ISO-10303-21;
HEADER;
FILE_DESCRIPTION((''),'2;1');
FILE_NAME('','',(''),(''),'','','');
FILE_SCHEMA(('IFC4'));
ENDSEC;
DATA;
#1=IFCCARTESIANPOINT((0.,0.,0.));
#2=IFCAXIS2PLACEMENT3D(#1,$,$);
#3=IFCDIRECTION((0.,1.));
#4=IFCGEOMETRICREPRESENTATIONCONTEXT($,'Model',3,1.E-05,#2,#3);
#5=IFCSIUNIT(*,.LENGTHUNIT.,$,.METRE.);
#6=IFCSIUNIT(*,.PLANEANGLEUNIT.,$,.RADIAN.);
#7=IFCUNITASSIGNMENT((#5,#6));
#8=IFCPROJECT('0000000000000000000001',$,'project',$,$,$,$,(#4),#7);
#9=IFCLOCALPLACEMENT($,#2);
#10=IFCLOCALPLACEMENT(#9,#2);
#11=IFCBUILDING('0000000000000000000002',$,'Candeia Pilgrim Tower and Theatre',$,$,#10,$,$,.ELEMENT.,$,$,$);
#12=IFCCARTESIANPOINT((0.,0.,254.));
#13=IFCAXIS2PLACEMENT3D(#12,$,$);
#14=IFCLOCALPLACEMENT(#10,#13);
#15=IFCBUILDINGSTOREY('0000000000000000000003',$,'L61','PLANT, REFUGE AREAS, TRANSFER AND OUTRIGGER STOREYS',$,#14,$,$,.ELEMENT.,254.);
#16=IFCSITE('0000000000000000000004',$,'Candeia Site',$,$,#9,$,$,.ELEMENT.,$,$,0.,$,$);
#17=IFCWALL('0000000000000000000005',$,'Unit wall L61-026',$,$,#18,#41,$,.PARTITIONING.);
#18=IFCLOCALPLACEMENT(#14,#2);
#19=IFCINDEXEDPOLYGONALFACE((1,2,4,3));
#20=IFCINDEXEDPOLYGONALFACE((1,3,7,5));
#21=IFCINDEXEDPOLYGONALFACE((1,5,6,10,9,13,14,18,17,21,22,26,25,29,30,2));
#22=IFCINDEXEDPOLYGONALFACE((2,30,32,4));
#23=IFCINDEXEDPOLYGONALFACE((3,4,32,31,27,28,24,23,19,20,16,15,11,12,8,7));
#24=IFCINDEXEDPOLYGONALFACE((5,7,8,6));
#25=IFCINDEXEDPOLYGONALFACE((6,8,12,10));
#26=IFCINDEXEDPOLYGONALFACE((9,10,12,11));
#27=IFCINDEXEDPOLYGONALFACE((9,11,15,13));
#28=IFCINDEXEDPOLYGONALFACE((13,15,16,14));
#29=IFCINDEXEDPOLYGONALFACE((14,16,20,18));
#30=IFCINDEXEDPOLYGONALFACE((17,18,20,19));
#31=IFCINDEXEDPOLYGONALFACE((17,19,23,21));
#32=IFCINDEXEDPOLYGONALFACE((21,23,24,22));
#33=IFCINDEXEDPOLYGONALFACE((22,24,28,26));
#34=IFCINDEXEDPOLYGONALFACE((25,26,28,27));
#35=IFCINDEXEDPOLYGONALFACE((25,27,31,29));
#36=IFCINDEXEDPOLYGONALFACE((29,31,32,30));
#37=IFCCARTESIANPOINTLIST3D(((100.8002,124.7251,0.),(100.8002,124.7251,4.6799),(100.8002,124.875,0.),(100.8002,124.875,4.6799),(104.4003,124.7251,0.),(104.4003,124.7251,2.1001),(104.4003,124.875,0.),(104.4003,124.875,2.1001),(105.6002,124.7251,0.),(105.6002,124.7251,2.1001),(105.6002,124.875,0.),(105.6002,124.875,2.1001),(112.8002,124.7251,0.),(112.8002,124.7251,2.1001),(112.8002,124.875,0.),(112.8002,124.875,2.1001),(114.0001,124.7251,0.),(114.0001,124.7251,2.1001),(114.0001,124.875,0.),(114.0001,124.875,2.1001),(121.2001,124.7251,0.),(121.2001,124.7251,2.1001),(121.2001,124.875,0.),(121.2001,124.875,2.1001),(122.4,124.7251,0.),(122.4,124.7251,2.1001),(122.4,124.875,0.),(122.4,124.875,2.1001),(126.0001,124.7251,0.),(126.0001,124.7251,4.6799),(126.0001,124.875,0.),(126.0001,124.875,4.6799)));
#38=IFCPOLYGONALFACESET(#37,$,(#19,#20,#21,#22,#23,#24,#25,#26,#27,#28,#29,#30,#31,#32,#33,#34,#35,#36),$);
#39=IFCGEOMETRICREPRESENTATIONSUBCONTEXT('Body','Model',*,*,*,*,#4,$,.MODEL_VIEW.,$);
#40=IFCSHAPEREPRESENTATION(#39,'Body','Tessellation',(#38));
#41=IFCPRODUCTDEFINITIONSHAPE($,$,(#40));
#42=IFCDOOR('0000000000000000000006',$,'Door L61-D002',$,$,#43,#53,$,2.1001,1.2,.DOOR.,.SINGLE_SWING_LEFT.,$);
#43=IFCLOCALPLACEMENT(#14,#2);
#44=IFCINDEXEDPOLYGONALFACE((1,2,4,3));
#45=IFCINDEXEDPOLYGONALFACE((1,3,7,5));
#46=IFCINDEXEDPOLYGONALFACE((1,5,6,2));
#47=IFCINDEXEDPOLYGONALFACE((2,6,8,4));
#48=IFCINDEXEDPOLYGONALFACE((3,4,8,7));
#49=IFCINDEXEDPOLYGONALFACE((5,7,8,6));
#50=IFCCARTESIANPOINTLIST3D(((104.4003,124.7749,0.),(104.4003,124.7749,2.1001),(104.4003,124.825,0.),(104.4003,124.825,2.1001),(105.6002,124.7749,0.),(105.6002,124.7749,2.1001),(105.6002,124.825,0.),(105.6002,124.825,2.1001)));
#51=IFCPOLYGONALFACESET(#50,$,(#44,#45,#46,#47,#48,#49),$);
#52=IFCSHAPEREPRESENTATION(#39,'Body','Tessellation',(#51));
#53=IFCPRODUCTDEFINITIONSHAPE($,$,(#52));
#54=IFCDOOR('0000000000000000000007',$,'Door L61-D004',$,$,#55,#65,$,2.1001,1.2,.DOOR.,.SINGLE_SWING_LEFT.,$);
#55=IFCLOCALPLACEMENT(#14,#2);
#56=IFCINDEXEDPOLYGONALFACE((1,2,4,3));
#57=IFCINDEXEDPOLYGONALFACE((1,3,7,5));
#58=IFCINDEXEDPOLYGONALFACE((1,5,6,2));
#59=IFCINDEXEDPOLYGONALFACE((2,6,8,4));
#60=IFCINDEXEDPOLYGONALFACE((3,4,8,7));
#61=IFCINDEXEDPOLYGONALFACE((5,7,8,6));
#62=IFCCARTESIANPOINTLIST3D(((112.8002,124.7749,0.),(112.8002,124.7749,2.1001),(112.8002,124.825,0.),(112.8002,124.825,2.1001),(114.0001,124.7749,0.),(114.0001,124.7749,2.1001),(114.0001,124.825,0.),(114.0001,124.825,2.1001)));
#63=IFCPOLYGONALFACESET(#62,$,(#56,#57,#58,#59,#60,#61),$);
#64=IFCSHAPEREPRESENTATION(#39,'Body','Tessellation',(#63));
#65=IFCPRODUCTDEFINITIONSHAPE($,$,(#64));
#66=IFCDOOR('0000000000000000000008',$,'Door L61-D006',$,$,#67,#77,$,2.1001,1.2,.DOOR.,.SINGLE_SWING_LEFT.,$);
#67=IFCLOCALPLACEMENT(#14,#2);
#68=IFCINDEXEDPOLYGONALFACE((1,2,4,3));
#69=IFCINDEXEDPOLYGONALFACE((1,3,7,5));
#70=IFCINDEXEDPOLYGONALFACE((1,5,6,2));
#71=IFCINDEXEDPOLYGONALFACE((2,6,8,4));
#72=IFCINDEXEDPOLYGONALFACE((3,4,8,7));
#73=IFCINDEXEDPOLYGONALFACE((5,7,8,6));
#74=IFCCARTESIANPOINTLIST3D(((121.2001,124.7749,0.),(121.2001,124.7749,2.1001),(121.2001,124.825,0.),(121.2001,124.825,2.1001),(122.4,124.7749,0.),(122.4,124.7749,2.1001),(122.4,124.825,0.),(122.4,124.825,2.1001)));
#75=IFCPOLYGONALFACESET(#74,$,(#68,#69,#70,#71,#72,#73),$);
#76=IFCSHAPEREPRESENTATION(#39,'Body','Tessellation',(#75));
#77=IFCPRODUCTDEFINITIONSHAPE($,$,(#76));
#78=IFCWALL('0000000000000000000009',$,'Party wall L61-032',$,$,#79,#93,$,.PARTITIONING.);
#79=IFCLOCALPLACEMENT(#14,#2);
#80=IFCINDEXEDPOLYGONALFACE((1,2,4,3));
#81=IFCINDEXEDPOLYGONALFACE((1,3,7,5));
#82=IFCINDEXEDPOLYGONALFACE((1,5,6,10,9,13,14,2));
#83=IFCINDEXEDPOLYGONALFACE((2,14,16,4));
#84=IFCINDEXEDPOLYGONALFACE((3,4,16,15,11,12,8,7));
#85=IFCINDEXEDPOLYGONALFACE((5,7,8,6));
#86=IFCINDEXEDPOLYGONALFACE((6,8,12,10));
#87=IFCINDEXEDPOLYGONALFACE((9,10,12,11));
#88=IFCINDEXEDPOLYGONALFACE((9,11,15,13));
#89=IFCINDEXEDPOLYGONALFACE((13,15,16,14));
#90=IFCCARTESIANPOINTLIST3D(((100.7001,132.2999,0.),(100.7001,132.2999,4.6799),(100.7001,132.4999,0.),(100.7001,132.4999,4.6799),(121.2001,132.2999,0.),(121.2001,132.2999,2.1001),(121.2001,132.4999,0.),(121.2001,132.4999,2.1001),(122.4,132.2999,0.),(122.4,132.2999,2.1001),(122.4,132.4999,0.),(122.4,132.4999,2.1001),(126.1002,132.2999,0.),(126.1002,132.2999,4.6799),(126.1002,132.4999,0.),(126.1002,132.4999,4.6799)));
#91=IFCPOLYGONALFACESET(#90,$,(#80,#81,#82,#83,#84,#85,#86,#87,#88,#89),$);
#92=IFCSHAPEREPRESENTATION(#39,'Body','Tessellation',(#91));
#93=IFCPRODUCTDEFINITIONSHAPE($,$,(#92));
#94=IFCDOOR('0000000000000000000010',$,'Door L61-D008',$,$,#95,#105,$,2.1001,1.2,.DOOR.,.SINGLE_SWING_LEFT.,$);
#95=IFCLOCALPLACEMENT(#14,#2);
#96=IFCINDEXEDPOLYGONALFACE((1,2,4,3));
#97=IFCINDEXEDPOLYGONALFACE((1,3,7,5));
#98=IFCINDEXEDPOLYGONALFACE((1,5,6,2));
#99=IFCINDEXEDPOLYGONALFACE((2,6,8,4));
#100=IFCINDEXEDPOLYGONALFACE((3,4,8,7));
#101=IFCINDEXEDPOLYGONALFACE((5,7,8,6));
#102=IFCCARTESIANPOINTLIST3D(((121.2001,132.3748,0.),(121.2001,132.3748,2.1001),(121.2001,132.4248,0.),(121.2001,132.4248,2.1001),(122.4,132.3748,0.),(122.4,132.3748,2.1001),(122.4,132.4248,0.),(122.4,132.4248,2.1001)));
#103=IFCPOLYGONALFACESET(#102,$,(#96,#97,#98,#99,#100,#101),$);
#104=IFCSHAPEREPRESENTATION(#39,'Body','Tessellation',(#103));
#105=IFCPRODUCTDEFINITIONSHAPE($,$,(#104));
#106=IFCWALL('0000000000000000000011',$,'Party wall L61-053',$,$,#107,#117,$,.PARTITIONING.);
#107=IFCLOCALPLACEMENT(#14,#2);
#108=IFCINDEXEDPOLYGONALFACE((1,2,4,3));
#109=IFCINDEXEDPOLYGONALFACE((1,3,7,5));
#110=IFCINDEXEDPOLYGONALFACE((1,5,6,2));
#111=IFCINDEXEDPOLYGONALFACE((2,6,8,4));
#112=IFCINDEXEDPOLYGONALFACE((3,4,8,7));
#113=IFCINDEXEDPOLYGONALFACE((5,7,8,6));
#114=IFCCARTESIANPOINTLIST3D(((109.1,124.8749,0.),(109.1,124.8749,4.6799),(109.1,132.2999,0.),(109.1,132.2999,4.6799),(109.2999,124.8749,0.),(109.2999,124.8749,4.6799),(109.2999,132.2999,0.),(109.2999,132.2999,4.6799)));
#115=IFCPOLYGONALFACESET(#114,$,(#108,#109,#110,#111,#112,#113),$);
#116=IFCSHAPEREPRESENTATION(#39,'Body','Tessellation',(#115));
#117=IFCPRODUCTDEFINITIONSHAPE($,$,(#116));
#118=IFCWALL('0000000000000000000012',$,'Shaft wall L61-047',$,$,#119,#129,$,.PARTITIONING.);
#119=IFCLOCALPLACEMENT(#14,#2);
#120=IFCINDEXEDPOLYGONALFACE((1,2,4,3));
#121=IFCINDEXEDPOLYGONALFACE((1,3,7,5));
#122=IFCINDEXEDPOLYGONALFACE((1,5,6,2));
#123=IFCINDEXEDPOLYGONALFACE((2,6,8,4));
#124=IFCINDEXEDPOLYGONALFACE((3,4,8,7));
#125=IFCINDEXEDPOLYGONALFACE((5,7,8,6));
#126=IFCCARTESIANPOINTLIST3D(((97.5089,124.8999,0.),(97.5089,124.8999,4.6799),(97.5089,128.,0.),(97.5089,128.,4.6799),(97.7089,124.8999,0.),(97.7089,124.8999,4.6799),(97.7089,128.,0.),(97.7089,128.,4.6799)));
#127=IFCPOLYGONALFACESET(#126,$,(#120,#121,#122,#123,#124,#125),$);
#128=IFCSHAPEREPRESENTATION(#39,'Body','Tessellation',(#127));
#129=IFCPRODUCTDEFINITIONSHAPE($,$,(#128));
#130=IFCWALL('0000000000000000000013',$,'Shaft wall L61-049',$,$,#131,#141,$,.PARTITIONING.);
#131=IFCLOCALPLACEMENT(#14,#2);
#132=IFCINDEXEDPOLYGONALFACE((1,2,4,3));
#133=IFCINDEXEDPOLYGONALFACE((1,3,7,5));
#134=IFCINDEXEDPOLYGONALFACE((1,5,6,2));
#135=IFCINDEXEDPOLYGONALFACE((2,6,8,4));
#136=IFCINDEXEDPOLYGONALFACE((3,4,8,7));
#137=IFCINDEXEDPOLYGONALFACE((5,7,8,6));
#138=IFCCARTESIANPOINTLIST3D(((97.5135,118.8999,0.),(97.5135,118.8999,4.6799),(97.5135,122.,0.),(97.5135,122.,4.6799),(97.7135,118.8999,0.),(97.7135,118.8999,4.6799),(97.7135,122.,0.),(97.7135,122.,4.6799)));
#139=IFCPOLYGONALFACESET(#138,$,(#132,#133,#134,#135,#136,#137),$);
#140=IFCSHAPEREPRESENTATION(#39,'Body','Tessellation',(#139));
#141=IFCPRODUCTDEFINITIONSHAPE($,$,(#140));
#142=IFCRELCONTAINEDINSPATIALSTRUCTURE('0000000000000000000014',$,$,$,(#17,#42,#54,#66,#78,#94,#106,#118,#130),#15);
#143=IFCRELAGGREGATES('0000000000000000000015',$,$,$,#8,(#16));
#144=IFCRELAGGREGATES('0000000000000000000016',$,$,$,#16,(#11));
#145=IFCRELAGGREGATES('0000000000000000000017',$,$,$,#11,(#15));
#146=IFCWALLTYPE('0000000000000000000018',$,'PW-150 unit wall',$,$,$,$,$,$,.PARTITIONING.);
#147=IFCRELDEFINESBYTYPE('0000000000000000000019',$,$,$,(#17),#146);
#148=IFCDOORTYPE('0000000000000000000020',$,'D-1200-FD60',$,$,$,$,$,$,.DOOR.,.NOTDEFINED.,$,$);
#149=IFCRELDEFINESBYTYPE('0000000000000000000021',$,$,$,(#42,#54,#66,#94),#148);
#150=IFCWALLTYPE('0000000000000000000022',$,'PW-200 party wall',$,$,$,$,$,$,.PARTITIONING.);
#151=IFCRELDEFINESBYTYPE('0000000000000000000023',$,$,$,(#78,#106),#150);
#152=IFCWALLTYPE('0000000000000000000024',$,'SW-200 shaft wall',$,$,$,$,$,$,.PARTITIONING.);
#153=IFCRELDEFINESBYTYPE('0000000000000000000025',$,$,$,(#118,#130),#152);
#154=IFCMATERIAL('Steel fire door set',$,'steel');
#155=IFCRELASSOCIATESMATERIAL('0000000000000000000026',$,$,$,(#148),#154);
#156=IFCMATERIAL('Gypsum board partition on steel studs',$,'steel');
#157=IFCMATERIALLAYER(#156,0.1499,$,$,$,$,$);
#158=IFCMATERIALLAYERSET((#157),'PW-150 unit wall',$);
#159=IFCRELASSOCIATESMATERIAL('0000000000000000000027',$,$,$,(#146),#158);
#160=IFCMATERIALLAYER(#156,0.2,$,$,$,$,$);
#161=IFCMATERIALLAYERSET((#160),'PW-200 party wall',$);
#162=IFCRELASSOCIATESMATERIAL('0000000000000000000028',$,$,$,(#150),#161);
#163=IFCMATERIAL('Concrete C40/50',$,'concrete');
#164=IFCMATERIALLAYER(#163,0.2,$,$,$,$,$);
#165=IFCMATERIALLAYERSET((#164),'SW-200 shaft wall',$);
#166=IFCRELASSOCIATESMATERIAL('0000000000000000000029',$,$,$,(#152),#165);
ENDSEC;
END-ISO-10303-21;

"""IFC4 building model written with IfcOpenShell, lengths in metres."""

from ifc_helpers import new_model, si_unit, direction, frame, frame_2d, origin, place, context, subcontext, project, spatial, rectangle, extrude, material, layer, layer_set, type_object, element, fill, save


model = new_model("IFC4")

# Units and contexts
model_context = context("Model", 3, precision=1e-05, world=origin(), true_north=direction((0.0, 1.0)))
body_context = subcontext(model_context, "Body", "Model", "MODEL_VIEW")
ifc_project = project(units=[si_unit("LENGTHUNIT", "METRE"), si_unit("PLANEANGLEUNIT", "RADIAN")], contexts=[model_context])

# Site, building, storey
site_placement = place(None, origin())
site = spatial("IfcSite", under=ifc_project, at=site_placement, Name="Candeia Site", CompositionType="ELEMENT", RefElevation=0.0)
building_placement = place(site_placement, origin())
building = spatial("IfcBuilding", under=site, at=building_placement, Name="Candeia Pilgrim Tower and Theatre", CompositionType="ELEMENT")
storey_placement = place(building_placement, frame((0.0, 0.0, 254.0)))
storey = spatial("IfcBuildingStorey", under=building, at=storey_placement, Name="L61", Description="PLANT, REFUGE AREAS, TRANSFER AND OUTRIGGER STOREYS", CompositionType="ELEMENT", Elevation=254.0)

# Wall, openings, doors
ifc_material_1 = material(Name="Steel fire door set", Category="steel")
door_type_1 = type_object("IfcDoorType", Name="D-1200-FD60", OperationType="NOTDEFINED", PredefinedType="DOOR", material=ifc_material_1)
ifc_material_2 = material(Name="Gypsum board partition on steel studs", Category="steel")
ifc_layer_1 = layer(ifc_material_2, 0.1499)
ifc_layer_set_1 = layer_set([ifc_layer_1], Name="PW-150 unit wall")
wall_type_1 = type_object("IfcWallType", Name="PW-150 unit wall", PredefinedType="PARTITIONING", material=ifc_layer_set_1)
wall_1_placement = place(storey_placement, frame((100.8, 124.8, 0.0), z_axis=(0.0, 0.0, 1.0), x_axis=(1.0, 0.0, 0.0)))
wall_1 = element("IfcWall", 1, at=wall_1_placement, inside=storey, type_object=wall_type_1, Name="Unit wall L61-026", PredefinedType="PARTITIONING", context=body_context, shape_type="SweptSolid", body=[
    extrude(rectangle(XDim=25.2, YDim=0.1499, at=frame_2d((12.6001, 0.0))), origin(), (0.0, 0.0, 1.0), 4.6799),
])
opening_1_placement = place(wall_1_placement, frame((3.6001, 0.0, 0.0)))
opening_1 = element("IfcOpeningElement", 2, at=opening_1_placement, cuts=wall_1, PredefinedType="OPENING", context=body_context, shape_type="SweptSolid", body=[
    extrude(rectangle(XDim=1.2, YDim=2.1001, at=frame_2d((0.6001, 1.05))), frame((0.0, 0.085, 0.0), z_axis=(0.0, -1.0, 0.0), x_axis=(1.0, 0.0, 0.0)), (0.0, 0.0, 1.0), 0.1699),
])
opening_2_placement = place(wall_1_placement, frame((12.0, 0.0, 0.0)))
opening_2 = element("IfcOpeningElement", 3, at=opening_2_placement, cuts=wall_1, PredefinedType="OPENING", context=body_context, shape_type="SweptSolid", body=[
    extrude(rectangle(XDim=1.2, YDim=2.1001, at=frame_2d((0.6001, 1.05))), frame((0.0, 0.085, 0.0), z_axis=(0.0, -1.0, 0.0), x_axis=(1.0, 0.0, 0.0)), (0.0, 0.0, 1.0), 0.1699),
])
opening_3_placement = place(wall_1_placement, frame((20.3999, 0.0, 0.0)))
opening_3 = element("IfcOpeningElement", 4, at=opening_3_placement, cuts=wall_1, PredefinedType="OPENING", context=body_context, shape_type="SweptSolid", body=[
    extrude(rectangle(XDim=1.2, YDim=2.1001, at=frame_2d((0.6001, 1.05))), frame((0.0, 0.085, 0.0), z_axis=(0.0, -1.0, 0.0), x_axis=(1.0, 0.0, 0.0)), (0.0, 0.0, 1.0), 0.1699),
])
door_1_placement = place(opening_1_placement, origin())
door_1 = element("IfcDoor", 5, at=door_1_placement, inside=storey, type_object=door_type_1, Name="Door L61-D002", OperationType="SINGLE_SWING_LEFT", OverallHeight=2.1001, OverallWidth=1.2, PredefinedType="DOOR", context=body_context, shape_type="SweptSolid", body=[
    extrude(rectangle(XDim=1.2, YDim=2.1001, at=frame_2d((0.6001, 1.05))), frame((0.0, 0.0249, 0.0), z_axis=(0.0, -1.0, 0.0), x_axis=(1.0, 0.0, 0.0)), (0.0, 0.0, 1.0), 0.05),
])
fill(opening_1, door_1)
door_2_placement = place(opening_2_placement, origin())
door_2 = element("IfcDoor", 6, at=door_2_placement, inside=storey, type_object=door_type_1, Name="Door L61-D004", OperationType="SINGLE_SWING_LEFT", OverallHeight=2.1001, OverallWidth=1.2, PredefinedType="DOOR", context=body_context, shape_type="SweptSolid", body=[
    extrude(rectangle(XDim=1.2, YDim=2.1001, at=frame_2d((0.6001, 1.05))), frame((0.0, 0.0249, 0.0), z_axis=(0.0, -1.0, 0.0), x_axis=(1.0, 0.0, 0.0)), (0.0, 0.0, 1.0), 0.05),
])
fill(opening_2, door_2)
door_3_placement = place(opening_3_placement, origin())
door_3 = element("IfcDoor", 7, at=door_3_placement, inside=storey, type_object=door_type_1, Name="Door L61-D006", OperationType="SINGLE_SWING_LEFT", OverallHeight=2.1001, OverallWidth=1.2, PredefinedType="DOOR", context=body_context, shape_type="SweptSolid", body=[
    extrude(rectangle(XDim=1.2, YDim=2.1001, at=frame_2d((0.6001, 1.05))), frame((0.0, 0.0249, 0.0), z_axis=(0.0, -1.0, 0.0), x_axis=(1.0, 0.0, 0.0)), (0.0, 0.0, 1.0), 0.05),
])
fill(opening_3, door_3)

# Wall, opening, door
ifc_layer_2 = layer(ifc_material_2, 0.2)
ifc_layer_set_2 = layer_set([ifc_layer_2], Name="PW-200 party wall")
wall_type_2 = type_object("IfcWallType", Name="PW-200 party wall", PredefinedType="PARTITIONING", material=ifc_layer_set_2)
wall_2_placement = place(storey_placement, frame((100.7, 132.3999, 0.0), z_axis=(0.0, 0.0, 1.0), x_axis=(1.0, 0.0, 0.0)))
wall_2 = element("IfcWall", 8, at=wall_2_placement, inside=storey, type_object=wall_type_2, Name="Party wall L61-032", PredefinedType="PARTITIONING", context=body_context, shape_type="SweptSolid", body=[
    extrude(rectangle(XDim=25.4001, YDim=0.2, at=frame_2d((12.7002, 0.0))), origin(), (0.0, 0.0, 1.0), 4.6799),
])
opening_4_placement = place(wall_2_placement, frame((20.5, 0.0, 0.0)))
opening_4 = element("IfcOpeningElement", 9, at=opening_4_placement, cuts=wall_2, PredefinedType="OPENING", context=body_context, shape_type="SweptSolid", body=[
    extrude(rectangle(XDim=1.2, YDim=2.1001, at=frame_2d((0.6001, 1.05))), frame((0.0, 0.1099, 0.0), z_axis=(0.0, -1.0, 0.0), x_axis=(1.0, 0.0, 0.0)), (0.0, 0.0, 1.0), 0.22),
])
door_4_placement = place(opening_4_placement, origin())
door_4 = element("IfcDoor", 10, at=door_4_placement, inside=storey, type_object=door_type_1, Name="Door L61-D008", OperationType="SINGLE_SWING_LEFT", OverallHeight=2.1001, OverallWidth=1.2, PredefinedType="DOOR", context=body_context, shape_type="SweptSolid", body=[
    extrude(rectangle(XDim=1.2, YDim=2.1001, at=frame_2d((0.6001, 1.05))), frame((0.0, 0.0249, 0.0), z_axis=(0.0, -1.0, 0.0), x_axis=(1.0, 0.0, 0.0)), (0.0, 0.0, 1.0), 0.05),
])
fill(opening_4, door_4)

# Walls
wall_3_placement = place(storey_placement, frame((109.2, 124.875, 0.0), z_axis=(0.0, 0.0, 1.0), x_axis=(0.0, 1.0, 0.0)))
element("IfcWall", 11, at=wall_3_placement, inside=storey, type_object=wall_type_2, Name="Party wall L61-053", PredefinedType="PARTITIONING", context=body_context, shape_type="SweptSolid", body=[
    extrude(rectangle(XDim=7.425, YDim=0.2, at=frame_2d((3.7124, 0.0))), origin(), (0.0, 0.0, 1.0), 4.6799),
])
ifc_material_3 = material(Name="Concrete C40/50", Category="concrete")
ifc_layer_3 = layer(ifc_material_3, 0.2)
ifc_layer_set_3 = layer_set([ifc_layer_3], Name="SW-200 shaft wall")
wall_type_3 = type_object("IfcWallType", Name="SW-200 shaft wall", PredefinedType="PARTITIONING", material=ifc_layer_set_3)
for number, where, z_axis, x_axis, name in (
    (12, (97.6089, 124.8999, 0.0), (0.0, 0.0, 1.0), (0.0, 1.0, 0.0), "Shaft wall L61-047"),
    (13, (97.6135, 118.8999, 0.0), (0.0, 0.0, 1.0), (0.0, 1.0, 0.0), "Shaft wall L61-049"),
):
    element("IfcWall", number, at=place(storey_placement, frame(where, z_axis=z_axis, x_axis=x_axis)), inside=storey, type_object=wall_type_3, Name=name, PredefinedType="PARTITIONING", context=body_context, shape_type="SweptSolid", body=[
        extrude(rectangle(XDim=3.1001, YDim=0.2, at=frame_2d((1.55, 0.0))), origin(), (0.0, 0.0, 1.0), 4.6799),
    ])

save(model, "model.ifc")
